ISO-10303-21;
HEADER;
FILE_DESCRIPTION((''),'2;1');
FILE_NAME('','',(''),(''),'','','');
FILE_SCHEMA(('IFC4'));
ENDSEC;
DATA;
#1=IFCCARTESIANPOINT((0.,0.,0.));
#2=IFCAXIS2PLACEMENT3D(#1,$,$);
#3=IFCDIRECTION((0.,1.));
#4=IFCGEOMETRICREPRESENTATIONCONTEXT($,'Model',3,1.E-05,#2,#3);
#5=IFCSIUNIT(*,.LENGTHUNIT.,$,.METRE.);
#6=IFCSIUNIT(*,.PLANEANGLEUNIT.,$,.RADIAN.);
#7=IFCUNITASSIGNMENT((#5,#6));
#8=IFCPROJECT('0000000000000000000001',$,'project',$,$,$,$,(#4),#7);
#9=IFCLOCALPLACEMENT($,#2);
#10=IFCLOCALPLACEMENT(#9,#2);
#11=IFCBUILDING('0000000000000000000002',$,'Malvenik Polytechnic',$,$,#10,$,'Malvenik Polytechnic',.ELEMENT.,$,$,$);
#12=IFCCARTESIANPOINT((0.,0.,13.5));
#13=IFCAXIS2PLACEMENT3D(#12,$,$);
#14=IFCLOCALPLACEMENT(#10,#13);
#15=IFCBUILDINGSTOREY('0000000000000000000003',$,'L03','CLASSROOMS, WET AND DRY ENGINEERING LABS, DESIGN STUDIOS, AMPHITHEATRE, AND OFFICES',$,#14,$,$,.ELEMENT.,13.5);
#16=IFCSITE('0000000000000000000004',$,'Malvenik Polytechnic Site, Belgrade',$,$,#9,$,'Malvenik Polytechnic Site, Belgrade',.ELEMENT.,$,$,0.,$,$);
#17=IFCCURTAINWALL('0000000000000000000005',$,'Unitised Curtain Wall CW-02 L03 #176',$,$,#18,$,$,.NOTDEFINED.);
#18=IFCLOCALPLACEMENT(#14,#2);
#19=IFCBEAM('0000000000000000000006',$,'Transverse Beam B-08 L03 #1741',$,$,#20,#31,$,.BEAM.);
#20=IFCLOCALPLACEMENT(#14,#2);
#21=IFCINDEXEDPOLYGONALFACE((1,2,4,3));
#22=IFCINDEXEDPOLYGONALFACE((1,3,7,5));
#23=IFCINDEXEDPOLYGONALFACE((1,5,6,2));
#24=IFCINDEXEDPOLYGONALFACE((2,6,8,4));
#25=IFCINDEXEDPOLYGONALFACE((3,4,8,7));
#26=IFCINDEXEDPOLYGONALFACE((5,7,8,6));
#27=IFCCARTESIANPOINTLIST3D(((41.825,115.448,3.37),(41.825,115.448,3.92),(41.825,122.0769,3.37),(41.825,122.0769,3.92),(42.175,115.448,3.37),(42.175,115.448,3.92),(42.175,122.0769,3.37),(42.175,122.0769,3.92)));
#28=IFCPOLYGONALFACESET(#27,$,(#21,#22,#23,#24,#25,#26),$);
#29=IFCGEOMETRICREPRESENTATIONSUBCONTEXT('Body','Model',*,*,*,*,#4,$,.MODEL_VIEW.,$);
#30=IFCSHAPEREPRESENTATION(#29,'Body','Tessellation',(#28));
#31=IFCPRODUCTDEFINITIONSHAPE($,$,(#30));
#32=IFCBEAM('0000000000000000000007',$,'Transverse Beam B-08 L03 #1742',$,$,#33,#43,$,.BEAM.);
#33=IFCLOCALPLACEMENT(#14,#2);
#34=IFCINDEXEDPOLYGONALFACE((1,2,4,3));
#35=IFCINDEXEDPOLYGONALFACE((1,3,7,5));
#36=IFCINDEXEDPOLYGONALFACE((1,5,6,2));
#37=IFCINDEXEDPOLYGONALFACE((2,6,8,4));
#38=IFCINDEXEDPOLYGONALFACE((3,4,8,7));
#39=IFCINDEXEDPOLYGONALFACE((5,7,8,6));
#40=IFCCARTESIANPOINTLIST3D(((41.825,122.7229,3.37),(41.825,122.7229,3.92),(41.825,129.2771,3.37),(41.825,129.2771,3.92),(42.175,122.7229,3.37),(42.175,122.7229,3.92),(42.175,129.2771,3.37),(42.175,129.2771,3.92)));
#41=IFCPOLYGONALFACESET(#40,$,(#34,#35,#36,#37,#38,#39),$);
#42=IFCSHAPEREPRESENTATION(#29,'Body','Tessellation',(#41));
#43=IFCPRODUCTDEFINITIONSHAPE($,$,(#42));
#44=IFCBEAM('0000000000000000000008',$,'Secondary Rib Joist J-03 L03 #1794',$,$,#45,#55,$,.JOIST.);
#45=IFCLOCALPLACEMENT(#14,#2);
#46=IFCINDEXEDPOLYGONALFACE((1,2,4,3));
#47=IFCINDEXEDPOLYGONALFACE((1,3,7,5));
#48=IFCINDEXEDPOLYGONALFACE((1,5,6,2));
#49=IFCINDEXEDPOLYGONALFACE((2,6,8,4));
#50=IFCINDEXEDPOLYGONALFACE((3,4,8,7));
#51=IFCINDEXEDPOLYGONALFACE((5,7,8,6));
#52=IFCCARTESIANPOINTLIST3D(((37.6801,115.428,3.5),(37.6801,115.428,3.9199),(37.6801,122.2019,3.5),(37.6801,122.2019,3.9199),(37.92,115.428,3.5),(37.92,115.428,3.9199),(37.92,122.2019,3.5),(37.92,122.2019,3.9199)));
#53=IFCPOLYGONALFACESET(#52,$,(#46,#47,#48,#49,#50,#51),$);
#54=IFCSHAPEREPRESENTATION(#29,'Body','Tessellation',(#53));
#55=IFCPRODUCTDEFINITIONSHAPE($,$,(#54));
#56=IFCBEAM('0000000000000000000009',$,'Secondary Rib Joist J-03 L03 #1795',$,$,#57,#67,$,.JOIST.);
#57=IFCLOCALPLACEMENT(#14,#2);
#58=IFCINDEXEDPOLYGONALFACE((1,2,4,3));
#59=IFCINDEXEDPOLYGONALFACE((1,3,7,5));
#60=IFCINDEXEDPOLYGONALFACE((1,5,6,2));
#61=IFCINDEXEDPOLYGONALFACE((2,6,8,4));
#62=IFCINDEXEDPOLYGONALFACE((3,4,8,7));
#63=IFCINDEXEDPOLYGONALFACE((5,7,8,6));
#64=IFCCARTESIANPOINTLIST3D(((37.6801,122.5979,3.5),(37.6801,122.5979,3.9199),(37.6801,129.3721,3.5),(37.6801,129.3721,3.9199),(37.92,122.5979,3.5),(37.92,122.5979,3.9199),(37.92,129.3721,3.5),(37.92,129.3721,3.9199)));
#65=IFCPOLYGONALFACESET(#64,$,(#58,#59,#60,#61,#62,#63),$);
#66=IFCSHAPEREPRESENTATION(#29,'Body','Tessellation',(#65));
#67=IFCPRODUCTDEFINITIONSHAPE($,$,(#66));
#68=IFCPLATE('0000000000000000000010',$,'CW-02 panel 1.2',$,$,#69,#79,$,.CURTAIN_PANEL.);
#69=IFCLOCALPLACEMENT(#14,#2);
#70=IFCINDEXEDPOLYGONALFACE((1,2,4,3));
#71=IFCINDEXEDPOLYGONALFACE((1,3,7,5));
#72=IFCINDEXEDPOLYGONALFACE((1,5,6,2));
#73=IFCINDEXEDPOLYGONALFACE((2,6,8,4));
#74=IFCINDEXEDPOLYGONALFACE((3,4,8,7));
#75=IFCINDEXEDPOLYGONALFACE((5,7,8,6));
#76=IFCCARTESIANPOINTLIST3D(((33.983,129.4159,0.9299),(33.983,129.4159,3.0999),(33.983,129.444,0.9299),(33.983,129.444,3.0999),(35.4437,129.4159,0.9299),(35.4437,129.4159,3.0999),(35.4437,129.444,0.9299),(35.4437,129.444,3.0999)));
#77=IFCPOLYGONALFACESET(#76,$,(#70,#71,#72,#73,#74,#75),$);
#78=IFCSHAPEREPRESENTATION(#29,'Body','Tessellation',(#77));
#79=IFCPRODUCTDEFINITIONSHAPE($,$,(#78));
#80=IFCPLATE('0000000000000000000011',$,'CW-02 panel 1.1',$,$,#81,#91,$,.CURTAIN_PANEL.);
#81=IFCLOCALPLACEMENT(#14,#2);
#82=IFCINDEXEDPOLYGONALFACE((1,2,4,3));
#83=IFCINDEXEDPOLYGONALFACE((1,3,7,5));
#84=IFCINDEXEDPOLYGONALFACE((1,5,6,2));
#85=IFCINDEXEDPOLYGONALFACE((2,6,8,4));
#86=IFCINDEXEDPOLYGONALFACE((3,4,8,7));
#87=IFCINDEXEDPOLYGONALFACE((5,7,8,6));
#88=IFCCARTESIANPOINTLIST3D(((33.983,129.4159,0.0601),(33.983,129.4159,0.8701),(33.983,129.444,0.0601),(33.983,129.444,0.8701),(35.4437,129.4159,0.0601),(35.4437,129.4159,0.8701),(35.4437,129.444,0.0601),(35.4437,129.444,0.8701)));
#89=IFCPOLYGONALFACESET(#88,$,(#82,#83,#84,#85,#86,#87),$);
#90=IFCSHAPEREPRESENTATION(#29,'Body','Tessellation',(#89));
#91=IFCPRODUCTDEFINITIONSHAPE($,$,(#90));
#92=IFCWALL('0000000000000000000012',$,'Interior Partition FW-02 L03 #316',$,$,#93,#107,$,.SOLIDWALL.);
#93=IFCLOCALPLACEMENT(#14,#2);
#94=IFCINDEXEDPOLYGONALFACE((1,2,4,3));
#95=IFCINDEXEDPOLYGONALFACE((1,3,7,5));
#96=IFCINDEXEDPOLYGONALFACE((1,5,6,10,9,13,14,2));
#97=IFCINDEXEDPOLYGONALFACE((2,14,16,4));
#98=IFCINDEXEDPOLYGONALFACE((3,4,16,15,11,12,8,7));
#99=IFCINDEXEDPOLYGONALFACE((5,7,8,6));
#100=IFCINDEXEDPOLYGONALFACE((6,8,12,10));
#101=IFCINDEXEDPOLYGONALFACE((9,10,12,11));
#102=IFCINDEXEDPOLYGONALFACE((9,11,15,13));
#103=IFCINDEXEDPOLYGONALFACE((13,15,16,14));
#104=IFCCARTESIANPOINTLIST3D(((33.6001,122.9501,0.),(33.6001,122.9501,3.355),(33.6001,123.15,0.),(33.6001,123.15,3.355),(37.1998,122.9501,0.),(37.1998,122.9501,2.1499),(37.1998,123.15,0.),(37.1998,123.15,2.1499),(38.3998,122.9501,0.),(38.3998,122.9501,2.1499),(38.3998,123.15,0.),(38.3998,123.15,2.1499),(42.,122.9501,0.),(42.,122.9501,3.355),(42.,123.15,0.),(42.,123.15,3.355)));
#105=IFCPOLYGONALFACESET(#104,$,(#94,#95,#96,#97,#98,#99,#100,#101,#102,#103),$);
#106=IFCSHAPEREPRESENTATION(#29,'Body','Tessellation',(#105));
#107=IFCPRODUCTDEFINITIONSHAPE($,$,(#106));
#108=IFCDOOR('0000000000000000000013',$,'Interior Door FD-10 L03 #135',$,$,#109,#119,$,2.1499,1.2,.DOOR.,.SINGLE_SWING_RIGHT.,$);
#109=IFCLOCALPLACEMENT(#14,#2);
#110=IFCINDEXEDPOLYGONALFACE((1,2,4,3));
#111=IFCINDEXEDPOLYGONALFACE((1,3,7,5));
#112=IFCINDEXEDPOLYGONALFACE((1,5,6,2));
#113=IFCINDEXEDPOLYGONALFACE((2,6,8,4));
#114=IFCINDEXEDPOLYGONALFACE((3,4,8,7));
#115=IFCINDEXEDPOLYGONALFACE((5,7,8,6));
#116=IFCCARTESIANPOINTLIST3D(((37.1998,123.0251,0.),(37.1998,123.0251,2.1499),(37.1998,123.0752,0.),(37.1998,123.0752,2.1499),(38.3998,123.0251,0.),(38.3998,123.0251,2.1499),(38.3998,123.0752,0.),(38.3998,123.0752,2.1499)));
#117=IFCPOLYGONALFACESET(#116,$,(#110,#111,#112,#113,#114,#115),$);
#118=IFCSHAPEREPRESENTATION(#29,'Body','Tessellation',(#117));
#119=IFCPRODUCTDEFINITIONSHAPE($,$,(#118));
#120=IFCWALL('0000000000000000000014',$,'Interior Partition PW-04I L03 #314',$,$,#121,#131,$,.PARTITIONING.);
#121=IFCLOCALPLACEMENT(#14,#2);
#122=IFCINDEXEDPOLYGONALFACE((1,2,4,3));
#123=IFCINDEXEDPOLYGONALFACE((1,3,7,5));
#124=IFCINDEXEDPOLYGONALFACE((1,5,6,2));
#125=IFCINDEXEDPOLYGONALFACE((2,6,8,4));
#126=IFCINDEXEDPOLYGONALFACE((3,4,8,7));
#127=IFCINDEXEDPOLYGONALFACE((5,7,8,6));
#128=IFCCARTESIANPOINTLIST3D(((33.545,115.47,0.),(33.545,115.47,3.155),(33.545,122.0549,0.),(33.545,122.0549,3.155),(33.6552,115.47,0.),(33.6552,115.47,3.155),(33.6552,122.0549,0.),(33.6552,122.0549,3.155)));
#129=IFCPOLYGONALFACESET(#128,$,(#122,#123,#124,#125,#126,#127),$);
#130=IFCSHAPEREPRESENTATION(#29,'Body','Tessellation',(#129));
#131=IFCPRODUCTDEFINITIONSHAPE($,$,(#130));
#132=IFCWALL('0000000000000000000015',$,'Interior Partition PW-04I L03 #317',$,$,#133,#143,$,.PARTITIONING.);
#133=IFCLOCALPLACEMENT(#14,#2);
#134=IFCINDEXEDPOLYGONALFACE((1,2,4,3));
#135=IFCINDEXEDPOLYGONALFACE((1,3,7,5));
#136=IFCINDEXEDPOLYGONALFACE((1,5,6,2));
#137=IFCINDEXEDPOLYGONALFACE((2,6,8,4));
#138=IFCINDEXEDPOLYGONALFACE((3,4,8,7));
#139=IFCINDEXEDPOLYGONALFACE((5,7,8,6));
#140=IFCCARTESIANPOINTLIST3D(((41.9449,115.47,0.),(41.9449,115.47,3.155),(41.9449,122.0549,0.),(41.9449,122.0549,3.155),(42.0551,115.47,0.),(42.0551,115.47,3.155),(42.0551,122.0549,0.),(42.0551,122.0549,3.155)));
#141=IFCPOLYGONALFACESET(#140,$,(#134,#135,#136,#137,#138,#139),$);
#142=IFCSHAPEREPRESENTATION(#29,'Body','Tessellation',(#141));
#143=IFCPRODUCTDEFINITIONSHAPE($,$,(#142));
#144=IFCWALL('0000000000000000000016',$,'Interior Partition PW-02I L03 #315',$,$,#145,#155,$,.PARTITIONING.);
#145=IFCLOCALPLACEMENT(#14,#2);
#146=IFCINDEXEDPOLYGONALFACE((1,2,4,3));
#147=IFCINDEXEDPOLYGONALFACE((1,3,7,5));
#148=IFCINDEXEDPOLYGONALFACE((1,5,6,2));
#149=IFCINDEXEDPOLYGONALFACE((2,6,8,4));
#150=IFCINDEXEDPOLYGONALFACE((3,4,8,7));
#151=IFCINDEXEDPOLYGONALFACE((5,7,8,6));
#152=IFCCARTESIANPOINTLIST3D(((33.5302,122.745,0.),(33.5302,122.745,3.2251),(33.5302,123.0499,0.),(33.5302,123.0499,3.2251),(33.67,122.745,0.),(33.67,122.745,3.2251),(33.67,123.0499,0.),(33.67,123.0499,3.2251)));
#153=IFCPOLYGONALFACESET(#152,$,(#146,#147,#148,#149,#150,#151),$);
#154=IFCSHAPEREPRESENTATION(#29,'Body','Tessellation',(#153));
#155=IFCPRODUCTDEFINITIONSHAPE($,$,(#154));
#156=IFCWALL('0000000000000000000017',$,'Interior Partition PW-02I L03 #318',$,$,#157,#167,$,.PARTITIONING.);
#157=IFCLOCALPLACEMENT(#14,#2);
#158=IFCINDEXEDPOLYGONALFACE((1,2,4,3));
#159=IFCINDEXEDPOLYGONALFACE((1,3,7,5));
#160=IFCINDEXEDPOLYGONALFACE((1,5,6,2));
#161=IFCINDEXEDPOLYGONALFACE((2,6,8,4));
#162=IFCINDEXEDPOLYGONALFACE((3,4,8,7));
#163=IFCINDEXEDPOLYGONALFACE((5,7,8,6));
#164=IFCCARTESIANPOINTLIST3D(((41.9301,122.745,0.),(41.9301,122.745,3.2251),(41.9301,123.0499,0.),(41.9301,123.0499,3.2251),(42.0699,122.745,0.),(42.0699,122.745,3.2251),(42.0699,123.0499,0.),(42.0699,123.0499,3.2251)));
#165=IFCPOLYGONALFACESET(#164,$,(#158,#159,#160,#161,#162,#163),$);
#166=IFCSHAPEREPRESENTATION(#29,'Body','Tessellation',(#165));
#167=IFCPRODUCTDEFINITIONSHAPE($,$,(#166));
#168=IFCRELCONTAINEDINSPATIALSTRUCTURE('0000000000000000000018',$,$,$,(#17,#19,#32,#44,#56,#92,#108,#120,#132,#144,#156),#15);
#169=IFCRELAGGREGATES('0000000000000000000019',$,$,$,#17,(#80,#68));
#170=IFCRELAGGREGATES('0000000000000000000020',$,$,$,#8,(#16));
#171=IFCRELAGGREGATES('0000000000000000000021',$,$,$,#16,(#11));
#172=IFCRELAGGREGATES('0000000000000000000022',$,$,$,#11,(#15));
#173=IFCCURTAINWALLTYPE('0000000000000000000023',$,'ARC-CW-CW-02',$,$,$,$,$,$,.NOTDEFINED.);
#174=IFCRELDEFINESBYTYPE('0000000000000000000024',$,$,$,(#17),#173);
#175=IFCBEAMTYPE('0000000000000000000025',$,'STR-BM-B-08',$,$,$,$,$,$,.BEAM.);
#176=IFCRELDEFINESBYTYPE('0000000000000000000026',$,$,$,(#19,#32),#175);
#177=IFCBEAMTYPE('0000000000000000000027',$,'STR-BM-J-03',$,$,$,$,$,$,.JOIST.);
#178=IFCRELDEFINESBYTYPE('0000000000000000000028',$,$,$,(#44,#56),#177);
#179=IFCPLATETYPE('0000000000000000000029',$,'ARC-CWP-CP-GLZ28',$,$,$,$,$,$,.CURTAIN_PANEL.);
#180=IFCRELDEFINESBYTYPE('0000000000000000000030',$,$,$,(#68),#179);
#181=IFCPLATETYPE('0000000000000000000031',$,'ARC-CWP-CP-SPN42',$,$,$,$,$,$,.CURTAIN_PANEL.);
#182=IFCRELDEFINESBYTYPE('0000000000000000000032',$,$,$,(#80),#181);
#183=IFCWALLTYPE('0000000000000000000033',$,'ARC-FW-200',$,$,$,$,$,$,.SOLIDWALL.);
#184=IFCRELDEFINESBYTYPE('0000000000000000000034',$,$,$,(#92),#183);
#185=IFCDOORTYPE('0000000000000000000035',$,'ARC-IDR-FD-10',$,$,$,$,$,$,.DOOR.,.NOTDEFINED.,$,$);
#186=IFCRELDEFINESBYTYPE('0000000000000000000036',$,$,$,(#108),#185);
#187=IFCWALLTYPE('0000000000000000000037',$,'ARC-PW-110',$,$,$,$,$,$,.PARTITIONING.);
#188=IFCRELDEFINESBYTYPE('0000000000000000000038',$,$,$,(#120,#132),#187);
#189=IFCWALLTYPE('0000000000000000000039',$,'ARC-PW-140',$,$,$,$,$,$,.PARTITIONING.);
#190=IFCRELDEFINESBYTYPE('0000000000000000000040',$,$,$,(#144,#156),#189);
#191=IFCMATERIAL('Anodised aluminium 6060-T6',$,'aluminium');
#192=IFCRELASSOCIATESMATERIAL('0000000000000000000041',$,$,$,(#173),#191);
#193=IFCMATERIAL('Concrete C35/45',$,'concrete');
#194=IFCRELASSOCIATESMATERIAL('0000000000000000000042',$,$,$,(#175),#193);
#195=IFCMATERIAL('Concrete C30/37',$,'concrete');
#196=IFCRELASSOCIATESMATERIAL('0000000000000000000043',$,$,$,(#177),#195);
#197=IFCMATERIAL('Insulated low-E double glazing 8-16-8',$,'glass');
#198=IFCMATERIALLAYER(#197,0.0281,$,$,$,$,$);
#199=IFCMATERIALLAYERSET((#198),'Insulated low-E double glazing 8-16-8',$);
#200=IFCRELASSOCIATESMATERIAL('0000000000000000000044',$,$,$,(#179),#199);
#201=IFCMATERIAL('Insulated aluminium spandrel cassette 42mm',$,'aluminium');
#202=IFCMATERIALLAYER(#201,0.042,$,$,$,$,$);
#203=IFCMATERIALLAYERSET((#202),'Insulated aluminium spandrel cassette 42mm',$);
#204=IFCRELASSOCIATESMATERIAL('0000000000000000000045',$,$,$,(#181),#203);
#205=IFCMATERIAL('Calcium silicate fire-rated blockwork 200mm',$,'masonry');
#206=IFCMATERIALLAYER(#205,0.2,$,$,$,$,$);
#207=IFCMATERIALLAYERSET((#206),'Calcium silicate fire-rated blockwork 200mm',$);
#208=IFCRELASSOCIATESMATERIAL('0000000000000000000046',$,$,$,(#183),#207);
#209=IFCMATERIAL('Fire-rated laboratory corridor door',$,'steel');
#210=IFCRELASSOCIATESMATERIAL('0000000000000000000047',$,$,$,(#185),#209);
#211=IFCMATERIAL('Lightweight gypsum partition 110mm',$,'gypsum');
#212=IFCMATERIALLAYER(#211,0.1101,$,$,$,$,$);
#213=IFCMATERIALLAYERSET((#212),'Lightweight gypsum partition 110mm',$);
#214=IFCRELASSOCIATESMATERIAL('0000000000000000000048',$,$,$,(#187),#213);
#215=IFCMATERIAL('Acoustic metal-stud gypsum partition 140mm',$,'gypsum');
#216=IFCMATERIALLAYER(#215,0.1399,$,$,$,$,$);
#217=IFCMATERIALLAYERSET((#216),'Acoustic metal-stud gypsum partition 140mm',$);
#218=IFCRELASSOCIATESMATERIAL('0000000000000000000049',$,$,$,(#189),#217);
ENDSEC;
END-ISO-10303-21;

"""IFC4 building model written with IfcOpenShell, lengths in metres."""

from ifc_helpers import new_model, si_unit, direction, frame, frame_2d, origin, origin_2d, place, context, subcontext, project, spatial, rectangle, extrude, material, layer, layer_set, material_profile, profile_set, type_object, element, fill, aggregate, save


model = new_model("IFC4")

# Units and contexts
model_context = context("Model", 3, precision=1e-05, world=origin(), true_north=direction((0.0, 1.0)))
body_context = subcontext(model_context, "Body", "Model", "MODEL_VIEW")
ifc_project = project(units=[si_unit("LENGTHUNIT", "METRE"), si_unit("PLANEANGLEUNIT", "RADIAN")], contexts=[model_context])

# Site, building, storey
site_placement = place(None, origin())
site = spatial("IfcSite", under=ifc_project, at=site_placement, Name="Malvenik Polytechnic Site, Belgrade", LongName="Malvenik Polytechnic Site, Belgrade", CompositionType="ELEMENT", RefElevation=0.0)
building_placement = place(site_placement, origin())
building = spatial("IfcBuilding", under=site, at=building_placement, Name="Malvenik Polytechnic", LongName="Malvenik Polytechnic", CompositionType="ELEMENT")
storey_placement = place(building_placement, frame((0.0, 0.0, 13.5)))
storey = spatial("IfcBuildingStorey", under=building, at=storey_placement, Name="L03", Description="CLASSROOMS, WET AND DRY ENGINEERING LABS, DESIGN STUDIOS, AMPHITHEATRE, AND OFFICES", CompositionType="ELEMENT", Elevation=13.5)

# Shared definitions
ifc_material_1 = material(Name="Concrete C35/45", Category="concrete")

# Curtain wall
ifc_material_2 = material(Name="Anodised aluminium 6060-T6", Category="aluminium")
curtain_wall_type = type_object("IfcCurtainWallType", Name="ARC-CW-CW-02", PredefinedType="NOTDEFINED", material=ifc_material_2)
curtain_wall_placement = place(storey_placement, origin())
curtain_wall = element("IfcCurtainWall", 1, at=curtain_wall_placement, inside=storey, type_object=curtain_wall_type, Name="Unitised Curtain Wall CW-02 L03 #176", PredefinedType="NOTDEFINED")

# Beams
ifc_material_profile_1 = material_profile(ifc_material_1, rectangle(XDim=0.3501, YDim=0.55, at=origin_2d()), Name="RC BM 350x550")
ifc_profile_set_1 = profile_set([ifc_material_profile_1], Name="Concrete C35/45")
beam_type_1 = type_object("IfcBeamType", Name="STR-BM-B-08", PredefinedType="BEAM", material=ifc_profile_set_1)
beam_1_placement = place(storey_placement, frame((42.0, 115.448, 3.645), z_axis=(0.0, 1.0, 0.0), x_axis=(-1.0, 0.0, 0.0)))
element("IfcBeam", 2, at=beam_1_placement, inside=storey, type_object=beam_type_1, Name="Transverse Beam B-08 L03 #1741", PredefinedType="BEAM", context=body_context, shape_type="SweptSolid", body=[
    extrude(rectangle(XDim=0.3501, YDim=0.55, at=origin_2d()), origin(), (0.0, 0.0, 1.0), 6.6289),
])
beam_2_placement = place(storey_placement, frame((42.0, 122.7229, 3.645), z_axis=(0.0, 1.0, 0.0), x_axis=(-1.0, 0.0, 0.0)))
element("IfcBeam", 3, at=beam_2_placement, inside=storey, type_object=beam_type_1, Name="Transverse Beam B-08 L03 #1742", PredefinedType="BEAM", context=body_context, shape_type="SweptSolid", body=[
    extrude(rectangle(XDim=0.3501, YDim=0.55, at=origin_2d()), origin(), (0.0, 0.0, 1.0), 6.5542),
])
ifc_material_3 = material(Name="Concrete C30/37", Category="concrete")
ifc_material_profile_2 = material_profile(ifc_material_3, rectangle(XDim=0.24, YDim=0.4199, at=origin_2d()), Name="RC JST 240x420")
ifc_profile_set_2 = profile_set([ifc_material_profile_2], Name="Concrete C30/37")
beam_type_2 = type_object("IfcBeamType", Name="STR-BM-J-03", PredefinedType="JOIST", material=ifc_profile_set_2)
beam_3_placement = place(storey_placement, frame((37.8, 115.428, 3.71), z_axis=(0.0, 1.0, 0.0), x_axis=(-1.0, 0.0, 0.0)))
element("IfcBeam", 4, at=beam_3_placement, inside=storey, type_object=beam_type_2, Name="Secondary Rib Joist J-03 L03 #1794", PredefinedType="JOIST", context=body_context, shape_type="SweptSolid", body=[
    extrude(rectangle(XDim=0.24, YDim=0.4199, at=origin_2d()), origin(), (0.0, 0.0, 1.0), 6.7739),
])
beam_4_placement = place(storey_placement, frame((37.8, 122.5979, 3.71), z_axis=(0.0, 1.0, 0.0), x_axis=(-1.0, 0.0, 0.0)))
element("IfcBeam", 5, at=beam_4_placement, inside=storey, type_object=beam_type_2, Name="Secondary Rib Joist J-03 L03 #1795", PredefinedType="JOIST", context=body_context, shape_type="SweptSolid", body=[
    extrude(rectangle(XDim=0.24, YDim=0.4199, at=origin_2d()), origin(), (0.0, 0.0, 1.0), 6.7742),
])

# Plates
ifc_material_4 = material(Name="Insulated low-E double glazing 8-16-8", Category="glass")
ifc_layer_1 = layer(ifc_material_4, 0.0281)
ifc_layer_set_1 = layer_set([ifc_layer_1], Name="Insulated low-E double glazing 8-16-8")
plate_type_1 = type_object("IfcPlateType", Name="ARC-CWP-CP-GLZ28", PredefinedType="CURTAIN_PANEL", material=ifc_layer_set_1)
plate_1_placement = place(storey_placement, frame((34.7134, 129.4299, 0.9299), z_axis=(0.0, 0.0, 1.0), x_axis=(1.0, 0.0, 0.0)))
plate_1 = element("IfcPlate", 6, at=plate_1_placement, type_object=plate_type_1, Name="CW-02 panel 1.2", PredefinedType="CURTAIN_PANEL", context=body_context, shape_type="SweptSolid", body=[
    extrude(rectangle(XDim=1.4607, YDim=0.0281, at=origin_2d()), origin(), (0.0, 0.0, 1.0), 2.1699),
])
ifc_material_5 = material(Name="Insulated aluminium spandrel cassette 42mm", Category="aluminium")
ifc_layer_2 = layer(ifc_material_5, 0.042)
ifc_layer_set_2 = layer_set([ifc_layer_2], Name="Insulated aluminium spandrel cassette 42mm")
plate_type_2 = type_object("IfcPlateType", Name="ARC-CWP-CP-SPN42", PredefinedType="CURTAIN_PANEL", material=ifc_layer_set_2)
plate_2_placement = place(storey_placement, frame((34.7134, 129.4299, 0.0601), z_axis=(0.0, 0.0, 1.0), x_axis=(1.0, 0.0, 0.0)))
plate_2 = element("IfcPlate", 7, at=plate_2_placement, type_object=plate_type_2, Name="CW-02 panel 1.1", PredefinedType="CURTAIN_PANEL", context=body_context, shape_type="SweptSolid", body=[
    extrude(rectangle(XDim=1.4607, YDim=0.0281, at=origin_2d()), origin(), (0.0, 0.0, 1.0), 0.8101),
])
aggregate(curtain_wall, [plate_2, plate_1])

# Wall, opening, door
ifc_material_6 = material(Name="Calcium silicate fire-rated blockwork 200mm", Category="masonry")
ifc_layer_3 = layer(ifc_material_6, 0.2)
ifc_layer_set_3 = layer_set([ifc_layer_3], Name="Calcium silicate fire-rated blockwork 200mm")
wall_type_1 = type_object("IfcWallType", Name="ARC-FW-200", PredefinedType="SOLIDWALL", material=ifc_layer_set_3)
wall_1_placement = place(storey_placement, frame((42.0, 123.05, 0.0), z_axis=(0.0, 0.0, 1.0), x_axis=(-1.0, 0.0, 0.0)))
wall_1 = element("IfcWall", 8, at=wall_1_placement, inside=storey, type_object=wall_type_1, Name="Interior Partition FW-02 L03 #316", PredefinedType="SOLIDWALL", context=body_context, shape_type="SweptSolid", body=[
    extrude(rectangle(XDim=8.3999, YDim=0.2, at=frame_2d((4.2, 0.0))), origin(), (0.0, 0.0, 1.0), 3.355),
])
opening_1_placement = place(wall_1_placement, frame((3.6001, 0.0, 0.0)))
opening_1 = element("IfcOpeningElement", 9, at=opening_1_placement, cuts=wall_1, PredefinedType="OPENING", context=body_context, shape_type="SweptSolid", body=[
    extrude(rectangle(XDim=1.2, YDim=2.1499, at=frame_2d((0.6001, 1.075))), frame((0.0, 0.1099, 0.0), z_axis=(0.0, -1.0, 0.0), x_axis=(1.0, 0.0, 0.0)), (0.0, 0.0, 1.0), 0.22),
])
ifc_material_7 = material(Name="Fire-rated laboratory corridor door", Category="steel")
door_type_1 = type_object("IfcDoorType", Name="ARC-IDR-FD-10", OperationType="NOTDEFINED", PredefinedType="DOOR", material=ifc_material_7)
door_1_placement = place(opening_1_placement, origin())
door_1 = element("IfcDoor", 10, at=door_1_placement, inside=storey, type_object=door_type_1, Name="Interior Door FD-10 L03 #135", OperationType="SINGLE_SWING_RIGHT", OverallHeight=2.1499, OverallWidth=1.2, PredefinedType="DOOR", context=body_context, shape_type="SweptSolid", body=[
    extrude(rectangle(XDim=1.2, YDim=2.1499, at=frame_2d((0.6001, 1.075))), frame((0.0, 0.0249, 0.0), z_axis=(0.0, -1.0, 0.0), x_axis=(1.0, 0.0, 0.0)), (0.0, 0.0, 1.0), 0.05),
])
fill(opening_1, door_1)

# Walls
ifc_material_8 = material(Name="Lightweight gypsum partition 110mm", Category="gypsum")
ifc_layer_4 = layer(ifc_material_8, 0.1101)
ifc_layer_set_4 = layer_set([ifc_layer_4], Name="Lightweight gypsum partition 110mm")
wall_type_2 = type_object("IfcWallType", Name="ARC-PW-110", PredefinedType="PARTITIONING", material=ifc_layer_set_4)
for number, where, z_axis, x_axis, name in (
    (11, (33.6001, 115.47, 0.0), (0.0, 0.0, 1.0), (0.0, 1.0, 0.0), "Interior Partition PW-04I L03 #314"),
    (12, (42.0, 115.47, 0.0), (0.0, 0.0, 1.0), (0.0, 1.0, 0.0), "Interior Partition PW-04I L03 #317"),
):
    element("IfcWall", number, at=place(storey_placement, frame(where, z_axis=z_axis, x_axis=x_axis)), inside=storey, type_object=wall_type_2, Name=name, PredefinedType="PARTITIONING", context=body_context, shape_type="SweptSolid", body=[
        extrude(rectangle(XDim=6.585, YDim=0.1101, at=frame_2d((3.2925, 0.0))), origin(), (0.0, 0.0, 1.0), 3.155),
    ])
ifc_material_9 = material(Name="Acoustic metal-stud gypsum partition 140mm", Category="gypsum")
ifc_layer_5 = layer(ifc_material_9, 0.1399)
ifc_layer_set_5 = layer_set([ifc_layer_5], Name="Acoustic metal-stud gypsum partition 140mm")
wall_type_3 = type_object("IfcWallType", Name="ARC-PW-140", PredefinedType="PARTITIONING", material=ifc_layer_set_5)
for number, where, z_axis, x_axis, name in (
    (13, (33.6001, 122.7451, 0.0), (0.0, 0.0, 1.0), (0.0, 1.0, 0.0), "Interior Partition PW-02I L03 #315"),
    (14, (42.0, 122.7451, 0.0), (0.0, 0.0, 1.0), (0.0, 1.0, 0.0), "Interior Partition PW-02I L03 #318"),
):
    element("IfcWall", number, at=place(storey_placement, frame(where, z_axis=z_axis, x_axis=x_axis)), inside=storey, type_object=wall_type_3, Name=name, PredefinedType="PARTITIONING", context=body_context, shape_type="SweptSolid", body=[
        extrude(rectangle(XDim=0.3049, YDim=0.1399, at=frame_2d((0.1523, 0.0))), origin(), (0.0, 0.0, 1.0), 3.2251),
    ])

save(model, "model.ifc")
